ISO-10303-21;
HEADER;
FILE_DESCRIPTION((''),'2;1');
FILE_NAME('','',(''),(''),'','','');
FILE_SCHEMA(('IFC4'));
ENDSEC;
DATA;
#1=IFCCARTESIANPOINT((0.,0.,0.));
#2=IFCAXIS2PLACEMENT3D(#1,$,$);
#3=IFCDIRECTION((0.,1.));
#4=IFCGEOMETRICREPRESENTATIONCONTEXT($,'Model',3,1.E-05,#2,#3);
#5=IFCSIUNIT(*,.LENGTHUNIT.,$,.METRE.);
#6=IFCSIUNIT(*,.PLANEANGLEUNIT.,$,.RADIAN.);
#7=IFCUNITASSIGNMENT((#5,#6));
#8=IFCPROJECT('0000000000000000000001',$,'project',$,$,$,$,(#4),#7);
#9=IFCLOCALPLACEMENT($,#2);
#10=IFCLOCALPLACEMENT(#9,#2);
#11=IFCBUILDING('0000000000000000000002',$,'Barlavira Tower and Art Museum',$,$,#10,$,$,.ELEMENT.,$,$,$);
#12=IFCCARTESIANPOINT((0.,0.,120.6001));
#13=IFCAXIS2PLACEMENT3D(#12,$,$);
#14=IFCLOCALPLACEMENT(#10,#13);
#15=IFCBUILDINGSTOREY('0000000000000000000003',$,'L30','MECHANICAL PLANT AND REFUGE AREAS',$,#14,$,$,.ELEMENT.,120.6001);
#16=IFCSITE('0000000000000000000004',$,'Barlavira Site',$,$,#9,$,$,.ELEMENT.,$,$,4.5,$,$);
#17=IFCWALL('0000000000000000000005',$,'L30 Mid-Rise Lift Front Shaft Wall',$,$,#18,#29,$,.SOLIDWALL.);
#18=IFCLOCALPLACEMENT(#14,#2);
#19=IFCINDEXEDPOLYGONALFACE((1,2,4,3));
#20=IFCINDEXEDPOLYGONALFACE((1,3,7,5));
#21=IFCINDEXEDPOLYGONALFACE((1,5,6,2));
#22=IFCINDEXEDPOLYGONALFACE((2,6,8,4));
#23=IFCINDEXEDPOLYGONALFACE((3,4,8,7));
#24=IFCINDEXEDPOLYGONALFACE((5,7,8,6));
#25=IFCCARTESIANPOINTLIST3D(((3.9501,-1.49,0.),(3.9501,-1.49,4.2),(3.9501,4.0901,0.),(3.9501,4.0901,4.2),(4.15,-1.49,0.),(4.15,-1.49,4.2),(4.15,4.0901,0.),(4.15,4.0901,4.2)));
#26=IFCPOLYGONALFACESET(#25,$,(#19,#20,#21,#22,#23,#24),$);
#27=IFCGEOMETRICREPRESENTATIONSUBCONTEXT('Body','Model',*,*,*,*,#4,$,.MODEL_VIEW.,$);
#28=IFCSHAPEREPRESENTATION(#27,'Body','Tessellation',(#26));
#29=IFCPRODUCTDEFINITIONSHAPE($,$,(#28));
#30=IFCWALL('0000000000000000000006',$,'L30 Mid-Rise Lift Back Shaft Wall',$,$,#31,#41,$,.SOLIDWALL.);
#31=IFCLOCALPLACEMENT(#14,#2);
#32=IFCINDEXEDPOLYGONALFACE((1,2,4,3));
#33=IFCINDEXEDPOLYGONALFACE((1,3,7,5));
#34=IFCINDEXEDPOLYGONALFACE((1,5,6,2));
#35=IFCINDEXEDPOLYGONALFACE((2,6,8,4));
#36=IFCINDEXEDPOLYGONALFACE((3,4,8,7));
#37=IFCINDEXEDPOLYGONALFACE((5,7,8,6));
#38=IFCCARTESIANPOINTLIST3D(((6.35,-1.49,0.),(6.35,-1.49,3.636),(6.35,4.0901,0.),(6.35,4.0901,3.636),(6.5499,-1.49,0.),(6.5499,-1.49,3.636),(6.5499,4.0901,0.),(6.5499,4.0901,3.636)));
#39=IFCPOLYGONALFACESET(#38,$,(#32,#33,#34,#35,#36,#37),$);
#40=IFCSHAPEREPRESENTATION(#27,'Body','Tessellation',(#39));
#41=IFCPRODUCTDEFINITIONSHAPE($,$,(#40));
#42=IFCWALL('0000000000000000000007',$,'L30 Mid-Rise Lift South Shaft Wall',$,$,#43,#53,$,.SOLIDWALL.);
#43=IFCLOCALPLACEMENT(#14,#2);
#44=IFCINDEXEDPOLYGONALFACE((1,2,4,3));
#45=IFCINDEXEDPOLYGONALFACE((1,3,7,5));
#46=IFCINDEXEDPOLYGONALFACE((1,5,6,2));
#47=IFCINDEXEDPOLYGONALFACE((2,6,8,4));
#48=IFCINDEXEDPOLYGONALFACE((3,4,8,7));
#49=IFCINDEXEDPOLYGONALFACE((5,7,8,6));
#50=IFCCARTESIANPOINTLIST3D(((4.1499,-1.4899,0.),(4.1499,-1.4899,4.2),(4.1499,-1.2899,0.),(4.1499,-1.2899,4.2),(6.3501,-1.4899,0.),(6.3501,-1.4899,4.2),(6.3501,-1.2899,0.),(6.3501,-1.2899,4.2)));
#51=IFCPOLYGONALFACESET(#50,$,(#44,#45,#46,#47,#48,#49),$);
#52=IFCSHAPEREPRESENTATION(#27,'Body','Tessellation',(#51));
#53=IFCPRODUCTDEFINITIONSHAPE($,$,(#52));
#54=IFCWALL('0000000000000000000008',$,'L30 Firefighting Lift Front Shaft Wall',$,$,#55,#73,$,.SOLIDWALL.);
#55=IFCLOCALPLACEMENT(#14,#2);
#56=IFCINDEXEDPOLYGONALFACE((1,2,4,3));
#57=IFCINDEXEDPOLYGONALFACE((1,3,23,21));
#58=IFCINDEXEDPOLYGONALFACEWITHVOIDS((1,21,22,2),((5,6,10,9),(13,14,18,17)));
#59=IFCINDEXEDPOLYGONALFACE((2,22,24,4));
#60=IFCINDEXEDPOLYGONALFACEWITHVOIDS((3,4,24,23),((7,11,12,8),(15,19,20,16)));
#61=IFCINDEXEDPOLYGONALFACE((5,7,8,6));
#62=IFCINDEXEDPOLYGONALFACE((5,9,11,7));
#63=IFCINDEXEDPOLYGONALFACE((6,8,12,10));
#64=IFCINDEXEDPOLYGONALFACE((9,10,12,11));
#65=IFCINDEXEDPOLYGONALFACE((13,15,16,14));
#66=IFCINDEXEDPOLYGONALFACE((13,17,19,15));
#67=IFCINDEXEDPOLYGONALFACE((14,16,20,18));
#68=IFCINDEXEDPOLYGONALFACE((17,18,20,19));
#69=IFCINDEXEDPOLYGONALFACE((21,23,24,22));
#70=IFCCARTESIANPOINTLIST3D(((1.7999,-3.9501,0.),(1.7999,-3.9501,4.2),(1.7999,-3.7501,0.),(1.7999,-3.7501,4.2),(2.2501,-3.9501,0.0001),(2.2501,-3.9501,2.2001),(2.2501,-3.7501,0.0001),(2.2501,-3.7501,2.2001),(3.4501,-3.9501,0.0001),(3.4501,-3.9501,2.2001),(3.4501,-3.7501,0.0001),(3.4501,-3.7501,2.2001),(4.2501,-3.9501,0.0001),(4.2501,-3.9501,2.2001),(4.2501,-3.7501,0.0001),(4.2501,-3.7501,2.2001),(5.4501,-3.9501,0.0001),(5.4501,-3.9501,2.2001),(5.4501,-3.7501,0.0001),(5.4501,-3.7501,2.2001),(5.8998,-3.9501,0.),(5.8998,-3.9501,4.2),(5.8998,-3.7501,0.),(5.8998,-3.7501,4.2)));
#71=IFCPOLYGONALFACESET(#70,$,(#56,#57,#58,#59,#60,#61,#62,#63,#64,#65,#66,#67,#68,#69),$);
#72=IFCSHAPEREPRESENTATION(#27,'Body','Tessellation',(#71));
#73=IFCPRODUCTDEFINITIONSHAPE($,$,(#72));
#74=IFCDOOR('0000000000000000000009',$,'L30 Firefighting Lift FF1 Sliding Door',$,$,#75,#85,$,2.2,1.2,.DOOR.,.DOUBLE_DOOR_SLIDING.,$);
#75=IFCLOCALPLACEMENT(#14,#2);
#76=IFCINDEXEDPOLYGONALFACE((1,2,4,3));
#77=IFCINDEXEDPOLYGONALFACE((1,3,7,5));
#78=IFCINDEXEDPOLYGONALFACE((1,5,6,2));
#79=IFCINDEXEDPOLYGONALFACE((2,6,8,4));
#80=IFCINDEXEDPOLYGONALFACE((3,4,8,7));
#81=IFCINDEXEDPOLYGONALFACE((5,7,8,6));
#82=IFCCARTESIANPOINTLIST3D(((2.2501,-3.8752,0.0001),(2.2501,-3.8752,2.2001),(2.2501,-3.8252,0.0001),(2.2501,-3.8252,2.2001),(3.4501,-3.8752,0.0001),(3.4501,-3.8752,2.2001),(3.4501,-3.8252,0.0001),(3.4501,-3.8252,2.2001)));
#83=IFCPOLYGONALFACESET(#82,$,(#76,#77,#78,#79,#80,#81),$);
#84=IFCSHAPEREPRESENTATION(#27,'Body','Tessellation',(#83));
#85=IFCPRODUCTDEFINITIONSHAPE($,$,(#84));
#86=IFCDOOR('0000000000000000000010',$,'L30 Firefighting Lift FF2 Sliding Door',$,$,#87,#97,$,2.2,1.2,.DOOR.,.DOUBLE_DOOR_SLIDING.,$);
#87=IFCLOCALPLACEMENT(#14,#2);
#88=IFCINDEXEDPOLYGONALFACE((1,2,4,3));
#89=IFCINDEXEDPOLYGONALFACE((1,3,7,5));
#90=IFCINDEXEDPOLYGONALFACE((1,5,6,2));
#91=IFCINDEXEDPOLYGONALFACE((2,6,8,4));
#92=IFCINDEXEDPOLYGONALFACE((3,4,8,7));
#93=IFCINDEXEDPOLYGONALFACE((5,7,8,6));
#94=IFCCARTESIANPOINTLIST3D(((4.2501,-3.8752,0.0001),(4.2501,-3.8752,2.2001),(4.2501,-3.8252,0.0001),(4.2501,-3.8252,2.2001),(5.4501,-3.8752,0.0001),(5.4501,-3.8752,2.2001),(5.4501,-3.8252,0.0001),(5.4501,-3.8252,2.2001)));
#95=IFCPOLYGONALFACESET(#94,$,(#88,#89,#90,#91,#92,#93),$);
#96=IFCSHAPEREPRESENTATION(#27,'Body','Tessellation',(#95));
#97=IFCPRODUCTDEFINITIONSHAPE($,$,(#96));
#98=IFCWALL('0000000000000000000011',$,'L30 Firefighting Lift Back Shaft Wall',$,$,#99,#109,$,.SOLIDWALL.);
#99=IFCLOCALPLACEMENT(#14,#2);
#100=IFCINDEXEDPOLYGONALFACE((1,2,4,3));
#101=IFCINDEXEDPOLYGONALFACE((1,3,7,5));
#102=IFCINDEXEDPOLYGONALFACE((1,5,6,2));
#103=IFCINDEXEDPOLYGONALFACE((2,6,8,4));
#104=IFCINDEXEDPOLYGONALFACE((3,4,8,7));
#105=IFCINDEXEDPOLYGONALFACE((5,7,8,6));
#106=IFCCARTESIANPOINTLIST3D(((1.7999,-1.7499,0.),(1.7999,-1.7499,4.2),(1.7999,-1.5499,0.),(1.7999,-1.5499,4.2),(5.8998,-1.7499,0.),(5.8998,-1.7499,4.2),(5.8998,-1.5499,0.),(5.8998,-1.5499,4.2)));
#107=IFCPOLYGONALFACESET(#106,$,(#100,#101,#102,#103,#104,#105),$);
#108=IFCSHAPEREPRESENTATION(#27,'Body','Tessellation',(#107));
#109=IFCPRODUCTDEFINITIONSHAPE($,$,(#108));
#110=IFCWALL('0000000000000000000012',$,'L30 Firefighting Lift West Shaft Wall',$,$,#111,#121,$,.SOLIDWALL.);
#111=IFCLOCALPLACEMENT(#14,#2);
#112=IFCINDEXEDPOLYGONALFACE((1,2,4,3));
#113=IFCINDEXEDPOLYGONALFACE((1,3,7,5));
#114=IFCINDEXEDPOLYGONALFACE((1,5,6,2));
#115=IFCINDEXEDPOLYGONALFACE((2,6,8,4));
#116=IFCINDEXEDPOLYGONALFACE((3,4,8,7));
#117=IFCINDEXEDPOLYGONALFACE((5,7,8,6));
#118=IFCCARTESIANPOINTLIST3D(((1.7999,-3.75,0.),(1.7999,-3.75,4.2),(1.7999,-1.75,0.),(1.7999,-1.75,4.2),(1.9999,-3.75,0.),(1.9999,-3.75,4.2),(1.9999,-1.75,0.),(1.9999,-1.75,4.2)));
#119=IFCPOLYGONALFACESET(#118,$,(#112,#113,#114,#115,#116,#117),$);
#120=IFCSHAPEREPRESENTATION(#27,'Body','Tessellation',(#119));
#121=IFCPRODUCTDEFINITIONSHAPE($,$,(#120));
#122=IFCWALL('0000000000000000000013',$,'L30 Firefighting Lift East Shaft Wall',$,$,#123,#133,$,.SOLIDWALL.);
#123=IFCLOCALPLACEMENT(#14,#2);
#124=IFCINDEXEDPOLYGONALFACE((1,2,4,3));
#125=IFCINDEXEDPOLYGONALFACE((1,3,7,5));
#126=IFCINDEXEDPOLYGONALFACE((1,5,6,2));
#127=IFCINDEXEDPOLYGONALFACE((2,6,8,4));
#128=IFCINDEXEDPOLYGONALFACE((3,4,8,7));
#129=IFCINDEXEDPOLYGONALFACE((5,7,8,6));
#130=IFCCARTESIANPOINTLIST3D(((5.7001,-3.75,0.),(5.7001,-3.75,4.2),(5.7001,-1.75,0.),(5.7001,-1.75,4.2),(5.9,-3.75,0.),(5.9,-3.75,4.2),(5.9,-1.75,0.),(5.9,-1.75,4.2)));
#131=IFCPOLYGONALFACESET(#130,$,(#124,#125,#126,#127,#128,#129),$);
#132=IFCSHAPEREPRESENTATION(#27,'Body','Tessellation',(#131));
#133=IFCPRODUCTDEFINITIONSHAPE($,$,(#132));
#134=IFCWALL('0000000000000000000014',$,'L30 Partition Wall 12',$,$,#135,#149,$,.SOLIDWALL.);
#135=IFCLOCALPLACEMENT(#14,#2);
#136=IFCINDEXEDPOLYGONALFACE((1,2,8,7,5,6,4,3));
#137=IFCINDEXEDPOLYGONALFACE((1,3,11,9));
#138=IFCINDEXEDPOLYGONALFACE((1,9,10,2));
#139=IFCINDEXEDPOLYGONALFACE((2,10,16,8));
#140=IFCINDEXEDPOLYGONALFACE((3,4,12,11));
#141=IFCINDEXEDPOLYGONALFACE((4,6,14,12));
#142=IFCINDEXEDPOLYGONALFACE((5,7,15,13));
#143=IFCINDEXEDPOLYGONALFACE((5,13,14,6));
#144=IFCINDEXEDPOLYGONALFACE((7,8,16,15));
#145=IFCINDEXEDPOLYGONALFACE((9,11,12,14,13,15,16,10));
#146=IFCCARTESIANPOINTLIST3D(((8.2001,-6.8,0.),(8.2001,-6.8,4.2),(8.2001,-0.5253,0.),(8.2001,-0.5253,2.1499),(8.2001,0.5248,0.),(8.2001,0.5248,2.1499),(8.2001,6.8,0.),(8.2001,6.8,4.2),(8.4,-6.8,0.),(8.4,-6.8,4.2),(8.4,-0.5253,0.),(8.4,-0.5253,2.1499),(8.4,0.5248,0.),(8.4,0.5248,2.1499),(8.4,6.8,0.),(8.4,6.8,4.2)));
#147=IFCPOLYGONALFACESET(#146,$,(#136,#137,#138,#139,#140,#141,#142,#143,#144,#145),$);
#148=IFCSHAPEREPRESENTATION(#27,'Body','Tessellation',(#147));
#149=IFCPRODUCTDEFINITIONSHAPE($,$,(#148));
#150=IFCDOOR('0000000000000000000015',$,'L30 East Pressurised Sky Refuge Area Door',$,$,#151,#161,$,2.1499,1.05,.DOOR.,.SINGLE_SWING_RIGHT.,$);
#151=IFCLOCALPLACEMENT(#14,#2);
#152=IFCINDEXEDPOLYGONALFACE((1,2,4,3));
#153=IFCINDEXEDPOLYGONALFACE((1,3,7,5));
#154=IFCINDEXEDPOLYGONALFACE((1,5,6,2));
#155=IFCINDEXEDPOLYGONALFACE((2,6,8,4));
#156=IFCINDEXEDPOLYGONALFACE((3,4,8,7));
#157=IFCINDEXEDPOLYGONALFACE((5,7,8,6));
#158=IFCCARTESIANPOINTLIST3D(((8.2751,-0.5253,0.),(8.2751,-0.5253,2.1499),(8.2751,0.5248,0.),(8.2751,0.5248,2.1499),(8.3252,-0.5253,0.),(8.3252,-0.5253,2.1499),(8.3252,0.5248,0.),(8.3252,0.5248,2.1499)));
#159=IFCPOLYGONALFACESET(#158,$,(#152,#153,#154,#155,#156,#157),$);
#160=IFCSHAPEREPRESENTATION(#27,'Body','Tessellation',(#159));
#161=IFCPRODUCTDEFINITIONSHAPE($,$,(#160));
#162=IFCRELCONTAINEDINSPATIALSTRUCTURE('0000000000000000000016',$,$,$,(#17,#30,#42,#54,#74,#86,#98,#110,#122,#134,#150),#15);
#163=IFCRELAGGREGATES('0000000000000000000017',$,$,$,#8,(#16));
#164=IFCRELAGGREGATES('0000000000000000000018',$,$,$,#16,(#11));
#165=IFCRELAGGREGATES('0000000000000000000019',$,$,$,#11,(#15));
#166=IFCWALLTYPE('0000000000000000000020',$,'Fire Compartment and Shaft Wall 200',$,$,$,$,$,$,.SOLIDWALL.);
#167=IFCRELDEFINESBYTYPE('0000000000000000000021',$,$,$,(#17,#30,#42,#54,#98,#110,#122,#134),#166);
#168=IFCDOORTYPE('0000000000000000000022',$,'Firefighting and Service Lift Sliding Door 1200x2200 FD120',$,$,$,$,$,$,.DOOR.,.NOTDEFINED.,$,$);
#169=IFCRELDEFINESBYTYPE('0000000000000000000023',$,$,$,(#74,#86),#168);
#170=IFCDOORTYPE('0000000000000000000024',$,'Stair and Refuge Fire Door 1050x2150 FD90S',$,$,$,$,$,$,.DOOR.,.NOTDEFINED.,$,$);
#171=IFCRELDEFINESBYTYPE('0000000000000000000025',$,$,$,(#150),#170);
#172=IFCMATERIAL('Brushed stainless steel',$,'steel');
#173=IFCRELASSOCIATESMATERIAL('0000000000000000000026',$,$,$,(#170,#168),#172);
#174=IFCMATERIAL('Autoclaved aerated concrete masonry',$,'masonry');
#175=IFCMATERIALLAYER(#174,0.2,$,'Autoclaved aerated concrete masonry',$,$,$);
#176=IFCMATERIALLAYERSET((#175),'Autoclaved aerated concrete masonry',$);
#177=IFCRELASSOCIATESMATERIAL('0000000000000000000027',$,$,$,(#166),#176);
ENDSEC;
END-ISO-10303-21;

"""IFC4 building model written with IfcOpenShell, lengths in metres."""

from ifc_helpers import new_model, si_unit, direction, frame, frame_2d, origin, place, context, subcontext, project, spatial, rectangle, extrude, material, layer, layer_set, type_object, element, fill, save


model = new_model("IFC4")

# Units and contexts
model_context = context("Model", 3, precision=1e-05, world=origin(), true_north=direction((0.0, 1.0)))
body_context = subcontext(model_context, "Body", "Model", "MODEL_VIEW")
ifc_project = project(units=[si_unit("LENGTHUNIT", "METRE"), si_unit("PLANEANGLEUNIT", "RADIAN")], contexts=[model_context])

# Site, building, storey
site_placement = place(None, origin())
site = spatial("IfcSite", under=ifc_project, at=site_placement, Name="Barlavira Site", CompositionType="ELEMENT", RefElevation=4.5)
building_placement = place(site_placement, origin())
building = spatial("IfcBuilding", under=site, at=building_placement, Name="Barlavira Tower and Art Museum", CompositionType="ELEMENT")
storey_placement = place(building_placement, frame((0.0, 0.0, 120.6001)))
storey = spatial("IfcBuildingStorey", under=building, at=storey_placement, Name="L30", Description="MECHANICAL PLANT AND REFUGE AREAS", CompositionType="ELEMENT", Elevation=120.6001)

# Shared definitions
ifc_material_1 = material(Name="Brushed stainless steel", Category="steel")
door_type_1 = type_object("IfcDoorType", Name="Stair and Refuge Fire Door 1050x2150 FD90S", OperationType="NOTDEFINED", PredefinedType="DOOR", material=ifc_material_1)

# Walls
ifc_material_2 = material(Name="Autoclaved aerated concrete masonry", Category="masonry")
ifc_layer_1 = layer(ifc_material_2, 0.2, Name="Autoclaved aerated concrete masonry")
ifc_layer_set_1 = layer_set([ifc_layer_1], Name="Autoclaved aerated concrete masonry")
wall_type_1 = type_object("IfcWallType", Name="Fire Compartment and Shaft Wall 200", PredefinedType="SOLIDWALL", material=ifc_layer_set_1)
wall_1_placement = place(storey_placement, frame((4.05, -1.49, 0.0), z_axis=(0.0, 0.0, 1.0), x_axis=(0.0, 1.0, 0.0)))
element("IfcWall", 1, at=wall_1_placement, inside=storey, type_object=wall_type_1, Name="L30 Mid-Rise Lift Front Shaft Wall", PredefinedType="SOLIDWALL", context=body_context, shape_type="SweptSolid", body=[
    extrude(rectangle(XDim=5.5801, YDim=0.2, at=frame_2d((2.79, 0.0))), origin(), (0.0, 0.0, 1.0), 4.2),
])
wall_2_placement = place(storey_placement, frame((6.45, -1.49, 0.0), z_axis=(0.0, 0.0, 1.0), x_axis=(0.0, 1.0, 0.0)))
element("IfcWall", 2, at=wall_2_placement, inside=storey, type_object=wall_type_1, Name="L30 Mid-Rise Lift Back Shaft Wall", PredefinedType="SOLIDWALL", context=body_context, shape_type="SweptSolid", body=[
    extrude(rectangle(XDim=5.5801, YDim=0.2, at=frame_2d((2.79, 0.0))), origin(), (0.0, 0.0, 1.0), 3.636),
])
wall_3_placement = place(storey_placement, frame((4.1499, -1.3899, 0.0), z_axis=(0.0, 0.0, 1.0), x_axis=(1.0, 0.0, 0.0)))
element("IfcWall", 3, at=wall_3_placement, inside=storey, type_object=wall_type_1, Name="L30 Mid-Rise Lift South Shaft Wall", PredefinedType="SOLIDWALL", context=body_context, shape_type="SweptSolid", body=[
    extrude(rectangle(XDim=2.2002, YDim=0.2, at=frame_2d((1.1001, 0.0))), origin(), (0.0, 0.0, 1.0), 4.2),
])

# Wall, openings, doors
wall_4_placement = place(storey_placement, frame((1.8, -3.8501, 0.0), z_axis=(0.0, 0.0, 1.0), x_axis=(1.0, 0.0, 0.0)))
wall_4 = element("IfcWall", 4, at=wall_4_placement, inside=storey, type_object=wall_type_1, Name="L30 Firefighting Lift Front Shaft Wall", PredefinedType="SOLIDWALL", context=body_context, shape_type="SweptSolid", body=[
    extrude(rectangle(XDim=4.0999, YDim=0.2, at=frame_2d((2.0498, 0.0))), origin(), (0.0, 0.0, 1.0), 4.2),
])
opening_1_placement = place(wall_4_placement, frame((0.45, 0.0, 0.0)))
opening_1 = element("IfcOpeningElement", 5, at=opening_1_placement, cuts=wall_4, PredefinedType="OPENING", context=body_context, shape_type="SweptSolid", body=[
    extrude(rectangle(XDim=1.2, YDim=2.2, at=frame_2d((0.6001, 1.1001))), frame((0.0, 0.1099, 0.0), z_axis=(0.0, -1.0, 0.0), x_axis=(1.0, 0.0, 0.0)), (0.0, 0.0, 1.0), 0.22),
])
opening_2_placement = place(wall_4_placement, frame((2.45, 0.0, 0.0)))
opening_2 = element("IfcOpeningElement", 6, at=opening_2_placement, cuts=wall_4, PredefinedType="OPENING", context=body_context, shape_type="SweptSolid", body=[
    extrude(rectangle(XDim=1.2, YDim=2.2, at=frame_2d((0.6001, 1.1001))), frame((0.0, 0.1099, 0.0), z_axis=(0.0, -1.0, 0.0), x_axis=(1.0, 0.0, 0.0)), (0.0, 0.0, 1.0), 0.22),
])
door_type_2 = type_object("IfcDoorType", Name="Firefighting and Service Lift Sliding Door 1200x2200 FD120", OperationType="NOTDEFINED", PredefinedType="DOOR", material=ifc_material_1)
door_1_placement = place(opening_1_placement, origin())
door_1 = element("IfcDoor", 7, at=door_1_placement, inside=storey, type_object=door_type_2, Name="L30 Firefighting Lift FF1 Sliding Door", OperationType="DOUBLE_DOOR_SLIDING", OverallHeight=2.2, OverallWidth=1.2, PredefinedType="DOOR", context=body_context, shape_type="SweptSolid", body=[
    extrude(rectangle(XDim=1.2, YDim=2.2, at=frame_2d((0.6001, 1.1001))), frame((0.0, 0.0249, 0.0), z_axis=(0.0, -1.0, 0.0), x_axis=(1.0, 0.0, 0.0)), (0.0, 0.0, 1.0), 0.05),
])
fill(opening_1, door_1)
door_2_placement = place(opening_2_placement, origin())
door_2 = element("IfcDoor", 8, at=door_2_placement, inside=storey, type_object=door_type_2, Name="L30 Firefighting Lift FF2 Sliding Door", OperationType="DOUBLE_DOOR_SLIDING", OverallHeight=2.2, OverallWidth=1.2, PredefinedType="DOOR", context=body_context, shape_type="SweptSolid", body=[
    extrude(rectangle(XDim=1.2, YDim=2.2, at=frame_2d((0.6001, 1.1001))), frame((0.0, 0.0249, 0.0), z_axis=(0.0, -1.0, 0.0), x_axis=(1.0, 0.0, 0.0)), (0.0, 0.0, 1.0), 0.05),
])
fill(opening_2, door_2)

# Walls
wall_5_placement = place(storey_placement, frame((1.8, -1.6499, 0.0), z_axis=(0.0, 0.0, 1.0), x_axis=(1.0, 0.0, 0.0)))
element("IfcWall", 9, at=wall_5_placement, inside=storey, type_object=wall_type_1, Name="L30 Firefighting Lift Back Shaft Wall", PredefinedType="SOLIDWALL", context=body_context, shape_type="SweptSolid", body=[
    extrude(rectangle(XDim=4.0999, YDim=0.2, at=frame_2d((2.0498, 0.0))), origin(), (0.0, 0.0, 1.0), 4.2),
])
for number, where, z_axis, x_axis, name in (
    (10, (1.8999, -3.75, 0.0), (0.0, 0.0, 1.0), (0.0, 1.0, 0.0), "L30 Firefighting Lift West Shaft Wall"),
    (11, (5.8, -3.75, 0.0), (0.0, 0.0, 1.0), (0.0, 1.0, 0.0), "L30 Firefighting Lift East Shaft Wall"),
):
    element("IfcWall", number, at=place(storey_placement, frame(where, z_axis=z_axis, x_axis=x_axis)), inside=storey, type_object=wall_type_1, Name=name, PredefinedType="SOLIDWALL", context=body_context, shape_type="SweptSolid", body=[
        extrude(rectangle(XDim=2.0, YDim=0.2, at=frame_2d((1.0, 0.0))), origin(), (0.0, 0.0, 1.0), 4.2),
    ])

# Wall, opening, door
wall_6_placement = place(storey_placement, frame((8.3, -6.8, 0.0), z_axis=(0.0, 0.0, 1.0), x_axis=(0.0, 1.0, 0.0)))
wall_6 = element("IfcWall", 12, at=wall_6_placement, inside=storey, type_object=wall_type_1, Name="L30 Partition Wall 12", PredefinedType="SOLIDWALL", context=body_context, shape_type="SweptSolid", body=[
    extrude(rectangle(XDim=13.6001, YDim=0.2, at=frame_2d((6.8, 0.0))), origin(), (0.0, 0.0, 1.0), 4.2),
])
opening_3_placement = place(wall_6_placement, frame((6.2749, 0.0, 0.0)))
opening_3 = element("IfcOpeningElement", 13, at=opening_3_placement, cuts=wall_6, PredefinedType="OPENING", context=body_context, shape_type="SweptSolid", body=[
    extrude(rectangle(XDim=1.05, YDim=2.1499, at=frame_2d((0.5249, 1.075))), frame((0.0, 0.1099, 0.0), z_axis=(0.0, -1.0, 0.0), x_axis=(1.0, 0.0, 0.0)), (0.0, 0.0, 1.0), 0.22),
])
door_3_placement = place(opening_3_placement, origin())
door_3 = element("IfcDoor", 14, at=door_3_placement, inside=storey, type_object=door_type_1, Name="L30 East Pressurised Sky Refuge Area Door", OperationType="SINGLE_SWING_RIGHT", OverallHeight=2.1499, OverallWidth=1.05, PredefinedType="DOOR", context=body_context, shape_type="SweptSolid", body=[
    extrude(rectangle(XDim=1.05, YDim=2.1499, at=frame_2d((0.5249, 1.075))), frame((0.0, 0.0249, 0.0), z_axis=(0.0, -1.0, 0.0), x_axis=(1.0, 0.0, 0.0)), (0.0, 0.0, 1.0), 0.05),
])
fill(opening_3, door_3)

save(model, "model.ifc")
